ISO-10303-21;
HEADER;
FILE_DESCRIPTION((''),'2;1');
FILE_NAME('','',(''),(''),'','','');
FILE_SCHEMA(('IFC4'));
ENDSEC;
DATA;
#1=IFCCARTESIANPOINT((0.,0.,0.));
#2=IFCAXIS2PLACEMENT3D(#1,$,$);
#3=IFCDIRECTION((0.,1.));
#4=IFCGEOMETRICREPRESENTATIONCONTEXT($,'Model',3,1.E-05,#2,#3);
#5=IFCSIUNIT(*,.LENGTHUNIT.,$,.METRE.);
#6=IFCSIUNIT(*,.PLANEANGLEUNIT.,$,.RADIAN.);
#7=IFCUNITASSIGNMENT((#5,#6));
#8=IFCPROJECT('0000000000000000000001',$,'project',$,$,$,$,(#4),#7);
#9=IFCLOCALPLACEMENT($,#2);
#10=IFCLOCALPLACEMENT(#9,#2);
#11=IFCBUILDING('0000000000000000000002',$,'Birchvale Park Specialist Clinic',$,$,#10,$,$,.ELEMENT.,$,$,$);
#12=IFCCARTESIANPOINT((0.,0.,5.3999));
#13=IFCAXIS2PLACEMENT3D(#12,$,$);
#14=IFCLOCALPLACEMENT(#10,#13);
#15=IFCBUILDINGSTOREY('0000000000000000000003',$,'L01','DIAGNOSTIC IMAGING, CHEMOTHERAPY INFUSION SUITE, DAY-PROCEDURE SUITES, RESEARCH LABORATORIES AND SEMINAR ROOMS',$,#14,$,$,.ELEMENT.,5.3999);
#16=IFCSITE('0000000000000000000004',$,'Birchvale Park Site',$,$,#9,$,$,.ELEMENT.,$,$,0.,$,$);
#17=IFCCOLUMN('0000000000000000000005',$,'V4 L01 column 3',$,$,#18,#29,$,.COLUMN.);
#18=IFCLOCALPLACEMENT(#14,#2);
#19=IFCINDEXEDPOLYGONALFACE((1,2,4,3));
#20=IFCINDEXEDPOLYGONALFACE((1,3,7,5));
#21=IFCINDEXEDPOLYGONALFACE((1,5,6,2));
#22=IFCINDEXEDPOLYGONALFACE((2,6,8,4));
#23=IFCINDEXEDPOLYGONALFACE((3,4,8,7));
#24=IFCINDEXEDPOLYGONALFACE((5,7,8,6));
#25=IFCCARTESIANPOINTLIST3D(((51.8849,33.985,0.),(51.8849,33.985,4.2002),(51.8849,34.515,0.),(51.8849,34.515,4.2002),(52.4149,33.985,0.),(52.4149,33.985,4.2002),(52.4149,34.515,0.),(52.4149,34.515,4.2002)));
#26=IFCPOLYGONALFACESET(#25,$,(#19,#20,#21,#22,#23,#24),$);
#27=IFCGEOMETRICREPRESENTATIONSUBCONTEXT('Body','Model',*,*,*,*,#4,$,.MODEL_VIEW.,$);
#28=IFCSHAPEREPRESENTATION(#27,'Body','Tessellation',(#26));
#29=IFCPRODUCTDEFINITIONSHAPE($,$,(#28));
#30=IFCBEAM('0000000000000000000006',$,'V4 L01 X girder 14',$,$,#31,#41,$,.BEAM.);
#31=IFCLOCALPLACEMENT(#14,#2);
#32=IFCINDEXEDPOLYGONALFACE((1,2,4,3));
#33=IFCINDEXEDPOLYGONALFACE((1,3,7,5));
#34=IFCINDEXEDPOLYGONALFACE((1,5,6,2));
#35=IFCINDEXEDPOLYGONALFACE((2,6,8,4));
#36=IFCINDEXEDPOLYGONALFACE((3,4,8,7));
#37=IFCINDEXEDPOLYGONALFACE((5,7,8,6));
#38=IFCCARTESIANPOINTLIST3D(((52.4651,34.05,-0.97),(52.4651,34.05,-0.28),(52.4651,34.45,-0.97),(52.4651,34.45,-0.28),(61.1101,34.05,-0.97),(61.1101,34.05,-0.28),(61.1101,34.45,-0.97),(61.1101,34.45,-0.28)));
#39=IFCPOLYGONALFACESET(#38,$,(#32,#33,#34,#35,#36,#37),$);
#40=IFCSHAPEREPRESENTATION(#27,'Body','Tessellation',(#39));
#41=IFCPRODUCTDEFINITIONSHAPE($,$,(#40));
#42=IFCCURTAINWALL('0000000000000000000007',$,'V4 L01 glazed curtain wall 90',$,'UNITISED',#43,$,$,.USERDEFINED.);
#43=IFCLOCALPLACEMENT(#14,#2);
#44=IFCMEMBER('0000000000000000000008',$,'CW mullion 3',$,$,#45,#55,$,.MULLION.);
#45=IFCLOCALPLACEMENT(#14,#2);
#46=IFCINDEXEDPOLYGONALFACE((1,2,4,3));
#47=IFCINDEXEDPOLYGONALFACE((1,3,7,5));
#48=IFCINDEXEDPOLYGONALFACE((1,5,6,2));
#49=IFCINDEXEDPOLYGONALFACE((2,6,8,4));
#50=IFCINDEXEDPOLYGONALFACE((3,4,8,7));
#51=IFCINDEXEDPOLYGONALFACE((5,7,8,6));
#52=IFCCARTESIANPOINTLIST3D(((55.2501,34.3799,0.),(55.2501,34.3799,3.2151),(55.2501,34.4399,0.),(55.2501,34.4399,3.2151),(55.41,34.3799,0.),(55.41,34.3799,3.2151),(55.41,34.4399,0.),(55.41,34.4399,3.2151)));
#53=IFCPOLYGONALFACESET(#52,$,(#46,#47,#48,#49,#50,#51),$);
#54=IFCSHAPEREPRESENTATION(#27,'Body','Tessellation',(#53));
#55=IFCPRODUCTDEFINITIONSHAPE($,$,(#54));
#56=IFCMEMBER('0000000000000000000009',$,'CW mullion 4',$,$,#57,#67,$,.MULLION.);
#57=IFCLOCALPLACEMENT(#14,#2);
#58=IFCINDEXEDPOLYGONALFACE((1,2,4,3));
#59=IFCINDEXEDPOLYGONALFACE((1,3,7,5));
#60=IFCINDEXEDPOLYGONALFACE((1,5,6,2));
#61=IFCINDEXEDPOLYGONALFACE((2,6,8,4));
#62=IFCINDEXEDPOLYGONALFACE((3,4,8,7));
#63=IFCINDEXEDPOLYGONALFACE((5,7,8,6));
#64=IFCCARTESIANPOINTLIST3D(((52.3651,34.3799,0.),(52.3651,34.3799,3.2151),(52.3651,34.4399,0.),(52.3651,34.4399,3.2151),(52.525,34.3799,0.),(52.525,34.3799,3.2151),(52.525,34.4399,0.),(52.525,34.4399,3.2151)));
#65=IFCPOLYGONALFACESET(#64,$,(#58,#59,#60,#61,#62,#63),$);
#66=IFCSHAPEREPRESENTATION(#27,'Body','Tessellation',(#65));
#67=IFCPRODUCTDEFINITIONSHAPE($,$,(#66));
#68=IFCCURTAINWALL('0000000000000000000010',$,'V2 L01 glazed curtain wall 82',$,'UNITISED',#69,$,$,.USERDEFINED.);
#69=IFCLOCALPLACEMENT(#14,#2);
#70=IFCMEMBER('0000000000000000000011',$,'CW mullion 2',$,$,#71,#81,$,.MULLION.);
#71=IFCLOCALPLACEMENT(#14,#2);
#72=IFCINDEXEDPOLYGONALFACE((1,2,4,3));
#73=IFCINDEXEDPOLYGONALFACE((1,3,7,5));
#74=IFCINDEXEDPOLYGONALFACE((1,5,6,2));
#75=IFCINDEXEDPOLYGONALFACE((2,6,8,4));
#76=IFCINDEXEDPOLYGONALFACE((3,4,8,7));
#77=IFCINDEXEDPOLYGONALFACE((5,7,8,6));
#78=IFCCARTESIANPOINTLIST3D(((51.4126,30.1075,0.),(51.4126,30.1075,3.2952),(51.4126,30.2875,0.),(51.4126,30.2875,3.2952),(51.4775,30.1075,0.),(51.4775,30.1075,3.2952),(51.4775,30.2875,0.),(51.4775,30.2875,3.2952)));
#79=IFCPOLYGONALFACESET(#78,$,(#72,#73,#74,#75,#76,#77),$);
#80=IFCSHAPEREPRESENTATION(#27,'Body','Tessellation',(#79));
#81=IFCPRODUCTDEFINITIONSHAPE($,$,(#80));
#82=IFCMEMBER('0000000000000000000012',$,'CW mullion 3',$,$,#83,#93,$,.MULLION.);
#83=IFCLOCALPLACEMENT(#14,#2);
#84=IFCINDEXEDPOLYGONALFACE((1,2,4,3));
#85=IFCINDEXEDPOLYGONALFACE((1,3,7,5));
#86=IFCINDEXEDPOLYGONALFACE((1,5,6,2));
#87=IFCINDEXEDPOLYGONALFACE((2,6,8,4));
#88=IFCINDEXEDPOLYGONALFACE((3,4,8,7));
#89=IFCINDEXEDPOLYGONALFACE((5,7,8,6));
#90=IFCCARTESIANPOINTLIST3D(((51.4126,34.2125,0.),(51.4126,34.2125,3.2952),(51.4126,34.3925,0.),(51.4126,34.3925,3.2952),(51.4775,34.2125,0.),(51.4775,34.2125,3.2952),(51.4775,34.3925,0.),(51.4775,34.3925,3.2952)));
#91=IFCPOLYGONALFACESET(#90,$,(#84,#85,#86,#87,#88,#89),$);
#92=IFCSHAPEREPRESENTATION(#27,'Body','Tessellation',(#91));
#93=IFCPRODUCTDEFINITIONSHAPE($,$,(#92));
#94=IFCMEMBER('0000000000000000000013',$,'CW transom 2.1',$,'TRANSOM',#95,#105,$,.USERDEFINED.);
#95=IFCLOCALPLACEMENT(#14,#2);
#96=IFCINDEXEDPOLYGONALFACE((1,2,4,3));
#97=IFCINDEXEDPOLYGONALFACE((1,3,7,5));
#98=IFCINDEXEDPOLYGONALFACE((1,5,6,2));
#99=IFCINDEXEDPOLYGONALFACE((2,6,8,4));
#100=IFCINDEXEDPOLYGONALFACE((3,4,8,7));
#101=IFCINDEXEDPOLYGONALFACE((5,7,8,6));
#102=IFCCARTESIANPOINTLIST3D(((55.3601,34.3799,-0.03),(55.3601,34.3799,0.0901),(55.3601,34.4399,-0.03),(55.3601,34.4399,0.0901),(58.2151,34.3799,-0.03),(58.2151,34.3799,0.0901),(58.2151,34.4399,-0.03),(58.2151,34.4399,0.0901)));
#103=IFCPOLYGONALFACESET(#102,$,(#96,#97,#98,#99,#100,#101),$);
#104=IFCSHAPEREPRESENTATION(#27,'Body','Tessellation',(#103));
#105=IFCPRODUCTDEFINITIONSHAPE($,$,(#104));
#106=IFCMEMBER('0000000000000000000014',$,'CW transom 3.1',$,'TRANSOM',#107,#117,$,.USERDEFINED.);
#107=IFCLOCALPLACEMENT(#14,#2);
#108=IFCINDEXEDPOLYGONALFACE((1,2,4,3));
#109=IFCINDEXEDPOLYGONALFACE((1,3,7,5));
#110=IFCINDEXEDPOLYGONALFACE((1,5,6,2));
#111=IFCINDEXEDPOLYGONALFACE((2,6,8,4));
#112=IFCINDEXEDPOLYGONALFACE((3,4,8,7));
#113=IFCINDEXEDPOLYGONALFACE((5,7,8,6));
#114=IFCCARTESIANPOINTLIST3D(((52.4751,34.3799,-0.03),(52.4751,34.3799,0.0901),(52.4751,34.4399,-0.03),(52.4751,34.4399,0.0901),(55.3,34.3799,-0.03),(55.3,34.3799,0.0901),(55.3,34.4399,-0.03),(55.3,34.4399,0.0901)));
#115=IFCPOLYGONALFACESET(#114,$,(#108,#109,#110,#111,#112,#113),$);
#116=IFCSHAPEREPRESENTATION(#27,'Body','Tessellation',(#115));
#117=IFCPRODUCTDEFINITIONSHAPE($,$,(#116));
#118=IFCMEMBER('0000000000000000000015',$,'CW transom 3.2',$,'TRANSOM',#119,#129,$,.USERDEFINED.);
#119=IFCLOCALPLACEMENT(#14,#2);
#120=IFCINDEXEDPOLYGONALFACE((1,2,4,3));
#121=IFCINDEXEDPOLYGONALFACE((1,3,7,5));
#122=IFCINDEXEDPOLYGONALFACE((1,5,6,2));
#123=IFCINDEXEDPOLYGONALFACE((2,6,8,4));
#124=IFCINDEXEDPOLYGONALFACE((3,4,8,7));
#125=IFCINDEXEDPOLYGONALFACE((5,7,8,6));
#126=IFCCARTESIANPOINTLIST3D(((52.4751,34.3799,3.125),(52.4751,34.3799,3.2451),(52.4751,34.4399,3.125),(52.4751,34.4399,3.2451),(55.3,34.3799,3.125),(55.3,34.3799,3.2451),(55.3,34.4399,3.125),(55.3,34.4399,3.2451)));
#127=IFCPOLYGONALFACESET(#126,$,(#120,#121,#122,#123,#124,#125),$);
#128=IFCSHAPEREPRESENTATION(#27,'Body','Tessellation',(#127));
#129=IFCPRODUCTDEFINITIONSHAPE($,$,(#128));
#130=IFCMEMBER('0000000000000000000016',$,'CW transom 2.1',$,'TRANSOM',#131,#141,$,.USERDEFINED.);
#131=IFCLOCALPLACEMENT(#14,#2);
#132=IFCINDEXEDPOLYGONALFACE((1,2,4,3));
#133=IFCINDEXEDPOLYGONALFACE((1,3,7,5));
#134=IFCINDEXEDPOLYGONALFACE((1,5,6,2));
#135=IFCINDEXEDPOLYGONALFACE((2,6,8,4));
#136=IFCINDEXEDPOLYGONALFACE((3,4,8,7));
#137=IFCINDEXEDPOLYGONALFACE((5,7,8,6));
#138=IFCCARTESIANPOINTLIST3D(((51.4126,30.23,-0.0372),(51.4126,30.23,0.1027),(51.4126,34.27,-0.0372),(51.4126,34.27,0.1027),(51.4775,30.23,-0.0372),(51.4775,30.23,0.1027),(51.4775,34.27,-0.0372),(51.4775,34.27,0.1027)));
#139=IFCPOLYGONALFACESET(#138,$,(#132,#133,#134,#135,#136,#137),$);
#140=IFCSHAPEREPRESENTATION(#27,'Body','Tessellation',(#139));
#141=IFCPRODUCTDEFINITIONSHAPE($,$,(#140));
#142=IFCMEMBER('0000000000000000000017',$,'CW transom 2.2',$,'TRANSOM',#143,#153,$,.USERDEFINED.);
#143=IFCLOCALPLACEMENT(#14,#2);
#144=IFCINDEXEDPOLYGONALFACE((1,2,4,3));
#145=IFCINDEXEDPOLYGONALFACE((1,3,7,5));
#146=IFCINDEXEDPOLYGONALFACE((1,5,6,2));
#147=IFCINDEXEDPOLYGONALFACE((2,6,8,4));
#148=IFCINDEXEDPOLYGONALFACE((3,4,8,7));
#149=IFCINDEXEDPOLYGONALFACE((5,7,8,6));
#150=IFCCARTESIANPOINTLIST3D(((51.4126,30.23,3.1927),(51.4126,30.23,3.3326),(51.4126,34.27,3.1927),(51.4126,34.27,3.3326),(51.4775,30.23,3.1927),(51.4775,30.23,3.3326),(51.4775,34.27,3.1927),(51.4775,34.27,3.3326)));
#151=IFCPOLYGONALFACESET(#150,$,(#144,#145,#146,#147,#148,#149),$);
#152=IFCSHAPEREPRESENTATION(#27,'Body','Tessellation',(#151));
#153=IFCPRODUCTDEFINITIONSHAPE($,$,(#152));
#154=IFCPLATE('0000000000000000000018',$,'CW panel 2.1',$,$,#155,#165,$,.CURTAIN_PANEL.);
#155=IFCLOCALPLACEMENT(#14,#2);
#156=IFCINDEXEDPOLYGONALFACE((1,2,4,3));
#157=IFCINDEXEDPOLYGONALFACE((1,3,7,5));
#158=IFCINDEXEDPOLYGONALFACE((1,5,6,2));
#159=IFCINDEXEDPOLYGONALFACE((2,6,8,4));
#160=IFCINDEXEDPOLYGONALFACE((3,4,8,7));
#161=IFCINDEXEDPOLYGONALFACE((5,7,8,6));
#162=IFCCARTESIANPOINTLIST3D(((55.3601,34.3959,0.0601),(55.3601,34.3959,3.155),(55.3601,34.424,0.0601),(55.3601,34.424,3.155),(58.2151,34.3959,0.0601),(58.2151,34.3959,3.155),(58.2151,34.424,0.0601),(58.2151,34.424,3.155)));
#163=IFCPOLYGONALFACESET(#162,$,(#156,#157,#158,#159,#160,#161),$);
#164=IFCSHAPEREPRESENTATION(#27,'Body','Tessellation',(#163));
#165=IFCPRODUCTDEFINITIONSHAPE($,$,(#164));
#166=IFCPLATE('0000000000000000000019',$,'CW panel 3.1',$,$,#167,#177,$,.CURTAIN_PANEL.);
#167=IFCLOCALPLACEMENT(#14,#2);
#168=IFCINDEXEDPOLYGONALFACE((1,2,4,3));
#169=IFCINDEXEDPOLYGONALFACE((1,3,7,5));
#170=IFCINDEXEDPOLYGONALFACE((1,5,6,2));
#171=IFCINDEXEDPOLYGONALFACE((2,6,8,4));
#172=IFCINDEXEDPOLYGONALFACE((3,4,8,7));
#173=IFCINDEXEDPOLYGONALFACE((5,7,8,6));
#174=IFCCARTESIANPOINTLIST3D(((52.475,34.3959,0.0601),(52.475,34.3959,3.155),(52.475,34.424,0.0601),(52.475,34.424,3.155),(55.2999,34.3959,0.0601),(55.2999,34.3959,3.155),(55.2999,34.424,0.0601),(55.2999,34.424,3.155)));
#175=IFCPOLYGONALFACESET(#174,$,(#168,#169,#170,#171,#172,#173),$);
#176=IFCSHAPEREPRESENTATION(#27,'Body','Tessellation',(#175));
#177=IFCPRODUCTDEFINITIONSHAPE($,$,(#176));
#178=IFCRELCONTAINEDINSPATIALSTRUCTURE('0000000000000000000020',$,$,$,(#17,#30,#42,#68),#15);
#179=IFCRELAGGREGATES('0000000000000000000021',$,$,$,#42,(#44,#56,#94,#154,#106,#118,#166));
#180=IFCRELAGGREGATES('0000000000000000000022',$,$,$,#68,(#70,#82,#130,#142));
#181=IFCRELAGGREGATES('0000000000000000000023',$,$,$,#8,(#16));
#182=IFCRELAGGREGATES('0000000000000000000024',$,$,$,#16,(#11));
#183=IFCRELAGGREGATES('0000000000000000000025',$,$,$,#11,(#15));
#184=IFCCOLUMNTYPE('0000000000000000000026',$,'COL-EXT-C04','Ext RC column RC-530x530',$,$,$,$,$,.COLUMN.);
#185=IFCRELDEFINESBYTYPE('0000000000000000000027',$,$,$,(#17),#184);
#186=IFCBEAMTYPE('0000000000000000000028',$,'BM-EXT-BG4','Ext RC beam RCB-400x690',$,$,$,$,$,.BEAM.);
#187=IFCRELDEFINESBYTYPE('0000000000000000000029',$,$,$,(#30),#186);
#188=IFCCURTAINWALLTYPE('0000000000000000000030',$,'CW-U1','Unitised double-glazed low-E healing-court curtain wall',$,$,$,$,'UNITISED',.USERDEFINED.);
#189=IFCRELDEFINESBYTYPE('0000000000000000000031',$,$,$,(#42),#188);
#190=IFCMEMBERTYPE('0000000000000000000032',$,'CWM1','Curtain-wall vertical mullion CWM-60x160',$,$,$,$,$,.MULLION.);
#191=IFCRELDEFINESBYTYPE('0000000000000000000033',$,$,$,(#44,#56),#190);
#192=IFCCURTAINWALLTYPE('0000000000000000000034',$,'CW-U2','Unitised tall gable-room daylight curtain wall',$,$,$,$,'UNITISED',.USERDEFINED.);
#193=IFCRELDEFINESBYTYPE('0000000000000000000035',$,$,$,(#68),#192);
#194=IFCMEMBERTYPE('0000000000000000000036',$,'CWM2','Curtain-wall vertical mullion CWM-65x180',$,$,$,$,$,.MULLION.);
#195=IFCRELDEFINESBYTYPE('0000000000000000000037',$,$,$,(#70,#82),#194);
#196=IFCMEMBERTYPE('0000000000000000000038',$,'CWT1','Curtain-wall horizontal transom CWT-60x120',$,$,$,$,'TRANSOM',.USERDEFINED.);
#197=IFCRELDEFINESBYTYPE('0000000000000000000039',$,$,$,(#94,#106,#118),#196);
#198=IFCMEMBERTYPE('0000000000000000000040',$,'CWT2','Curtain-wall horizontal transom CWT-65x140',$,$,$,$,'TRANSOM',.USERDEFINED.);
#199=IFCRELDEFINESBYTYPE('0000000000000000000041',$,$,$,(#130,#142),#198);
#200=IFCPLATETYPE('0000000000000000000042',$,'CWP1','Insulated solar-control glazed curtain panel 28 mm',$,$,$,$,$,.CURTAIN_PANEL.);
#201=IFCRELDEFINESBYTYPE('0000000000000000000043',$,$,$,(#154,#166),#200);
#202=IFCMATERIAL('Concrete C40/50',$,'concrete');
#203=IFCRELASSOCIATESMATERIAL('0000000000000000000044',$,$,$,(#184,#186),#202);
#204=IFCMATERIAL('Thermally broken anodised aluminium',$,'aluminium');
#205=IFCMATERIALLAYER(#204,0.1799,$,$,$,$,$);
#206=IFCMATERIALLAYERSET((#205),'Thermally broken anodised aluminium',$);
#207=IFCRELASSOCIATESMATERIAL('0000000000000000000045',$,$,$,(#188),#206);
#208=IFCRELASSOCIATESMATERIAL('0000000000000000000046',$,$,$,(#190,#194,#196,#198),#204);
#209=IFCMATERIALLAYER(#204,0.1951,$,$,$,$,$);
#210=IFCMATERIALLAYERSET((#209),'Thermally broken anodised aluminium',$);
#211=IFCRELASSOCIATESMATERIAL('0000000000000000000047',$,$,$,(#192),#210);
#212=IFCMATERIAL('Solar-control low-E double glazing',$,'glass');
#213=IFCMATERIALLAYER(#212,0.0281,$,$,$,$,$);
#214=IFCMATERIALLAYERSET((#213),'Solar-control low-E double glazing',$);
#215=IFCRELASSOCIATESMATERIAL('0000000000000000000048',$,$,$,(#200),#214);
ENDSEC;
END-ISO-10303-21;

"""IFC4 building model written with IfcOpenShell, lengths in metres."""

from ifc_helpers import new_model, si_unit, direction, frame, origin, origin_2d, place, context, subcontext, project, spatial, rectangle, extrude, material, layer, layer_set, material_profile, profile_set, type_object, element, aggregate, save


model = new_model("IFC4")

# Units and contexts
model_context = context("Model", 3, precision=1e-05, world=origin(), true_north=direction((0.0, 1.0)))
body_context = subcontext(model_context, "Body", "Model", "MODEL_VIEW")
ifc_project = project(units=[si_unit("LENGTHUNIT", "METRE"), si_unit("PLANEANGLEUNIT", "RADIAN")], contexts=[model_context])

# Site, building, storey
site_placement = place(None, origin())
site = spatial("IfcSite", under=ifc_project, at=site_placement, Name="Birchvale Park Site", CompositionType="ELEMENT", RefElevation=0.0)
building_placement = place(site_placement, origin())
building = spatial("IfcBuilding", under=site, at=building_placement, Name="Birchvale Park Specialist Clinic", CompositionType="ELEMENT")
storey_placement = place(building_placement, frame((0.0, 0.0, 5.3999)))
storey = spatial("IfcBuildingStorey", under=building, at=storey_placement, Name="L01", Description="DIAGNOSTIC IMAGING, CHEMOTHERAPY INFUSION SUITE, DAY-PROCEDURE SUITES, RESEARCH LABORATORIES AND SEMINAR ROOMS", CompositionType="ELEMENT", Elevation=5.3999)

# Column
ifc_material_1 = material(Name="Concrete C40/50", Category="concrete")
ifc_material_profile_1 = material_profile(ifc_material_1, rectangle(XDim=0.53, YDim=0.53, at=origin_2d()), Name="RC-530x530")
ifc_profile_set_1 = profile_set([ifc_material_profile_1], Name="Concrete C40/50")
column_type = type_object("IfcColumnType", Name="COL-EXT-C04", Description="Ext RC column RC-530x530", PredefinedType="COLUMN", material=ifc_profile_set_1)
column_placement = place(storey_placement, frame((52.1499, 34.25, 0.0), z_axis=(0.0, 0.0, 1.0), x_axis=(1.0, 0.0, 0.0)))
element("IfcColumn", 1, at=column_placement, inside=storey, type_object=column_type, Name="V4 L01 column 3", PredefinedType="COLUMN", context=body_context, shape_type="SweptSolid", body=[
    extrude(rectangle(XDim=0.53, YDim=0.53, at=origin_2d()), origin(), (0.0, 0.0, 1.0), 4.2002),
])

# Beam
ifc_material_profile_2 = material_profile(ifc_material_1, rectangle(XDim=0.3999, YDim=0.6899, at=origin_2d()), Name="RCB-400x690")
ifc_profile_set_2 = profile_set([ifc_material_profile_2], Name="Concrete C40/50")
beam_type = type_object("IfcBeamType", Name="BM-EXT-BG4", Description="Ext RC beam RCB-400x690", PredefinedType="BEAM", material=ifc_profile_set_2)
beam_placement = place(storey_placement, frame((52.4651, 34.25, -0.625), z_axis=(1.0, 0.0, 0.0), x_axis=(0.0, 1.0, 0.0)))
element("IfcBeam", 2, at=beam_placement, inside=storey, type_object=beam_type, Name="V4 L01 X girder 14", PredefinedType="BEAM", context=body_context, shape_type="SweptSolid", body=[
    extrude(rectangle(XDim=0.3999, YDim=0.6899, at=origin_2d()), origin(), (0.0, 0.0, 1.0), 8.645),
])

# Curtain walls, members
ifc_material_2 = material(Name="Thermally broken anodised aluminium", Category="aluminium")
ifc_layer_1 = layer(ifc_material_2, 0.1799)
ifc_layer_set_1 = layer_set([ifc_layer_1], Name="Thermally broken anodised aluminium")
curtain_wall_type_1 = type_object("IfcCurtainWallType", Name="CW-U1", Description="Unitised double-glazed low-E healing-court curtain wall", ElementType="UNITISED", PredefinedType="USERDEFINED", material=ifc_layer_set_1)
curtain_wall_1_placement = place(storey_placement, origin())
curtain_wall_1 = element("IfcCurtainWall", 3, at=curtain_wall_1_placement, inside=storey, type_object=curtain_wall_type_1, Name="V4 L01 glazed curtain wall 90", ObjectType="UNITISED", PredefinedType="USERDEFINED")
ifc_material_profile_3 = material_profile(ifc_material_2, rectangle(XDim=0.0601, YDim=0.1599, at=origin_2d()), Name="CWM-60x160")
ifc_profile_set_3 = profile_set([ifc_material_profile_3], Name="Thermally broken anodised aluminium")
member_type_1 = type_object("IfcMemberType", Name="CWM1", Description="Curtain-wall vertical mullion CWM-60x160", PredefinedType="MULLION", material=ifc_profile_set_3)
member_1_placement = place(storey_placement, frame((55.3301, 34.4099, 0.0), z_axis=(0.0, 0.0, 1.0), x_axis=(0.0, -1.0, 0.0)))
member_1 = element("IfcMember", 4, at=member_1_placement, type_object=member_type_1, Name="CW mullion 3", PredefinedType="MULLION", context=body_context, shape_type="SweptSolid", body=[
    extrude(rectangle(XDim=0.0601, YDim=0.1599, at=origin_2d()), origin(), (0.0, 0.0, 1.0), 3.2151),
])
member_2_placement = place(storey_placement, frame((52.4451, 34.4099, 0.0), z_axis=(0.0, 0.0, 1.0), x_axis=(0.0, -1.0, 0.0)))
member_2 = element("IfcMember", 5, at=member_2_placement, type_object=member_type_1, Name="CW mullion 4", PredefinedType="MULLION", context=body_context, shape_type="SweptSolid", body=[
    extrude(rectangle(XDim=0.0601, YDim=0.1599, at=origin_2d()), origin(), (0.0, 0.0, 1.0), 3.2151),
])
ifc_layer_2 = layer(ifc_material_2, 0.1951)
ifc_layer_set_2 = layer_set([ifc_layer_2], Name="Thermally broken anodised aluminium")
curtain_wall_type_2 = type_object("IfcCurtainWallType", Name="CW-U2", Description="Unitised tall gable-room daylight curtain wall", ElementType="UNITISED", PredefinedType="USERDEFINED", material=ifc_layer_set_2)
curtain_wall_2_placement = place(storey_placement, origin())
curtain_wall_2 = element("IfcCurtainWall", 6, at=curtain_wall_2_placement, inside=storey, type_object=curtain_wall_type_2, Name="V2 L01 glazed curtain wall 82", ObjectType="UNITISED", PredefinedType="USERDEFINED")
ifc_material_profile_4 = material_profile(ifc_material_2, rectangle(XDim=0.0649, YDim=0.1799, at=origin_2d()), Name="CWM-65x180")
ifc_profile_set_4 = profile_set([ifc_material_profile_4], Name="Thermally broken anodised aluminium")
member_type_2 = type_object("IfcMemberType", Name="CWM2", Description="Curtain-wall vertical mullion CWM-65x180", PredefinedType="MULLION", material=ifc_profile_set_4)
member_3_placement = place(storey_placement, frame((51.4451, 30.1975, 0.0), z_axis=(0.0, 0.0, 1.0), x_axis=(-1.0, 0.0, 0.0)))
member_3 = element("IfcMember", 7, at=member_3_placement, type_object=member_type_2, Name="CW mullion 2", PredefinedType="MULLION", context=body_context, shape_type="SweptSolid", body=[
    extrude(rectangle(XDim=0.0649, YDim=0.1799, at=origin_2d()), origin(), (0.0, 0.0, 1.0), 3.2952),
])
member_4_placement = place(storey_placement, frame((51.4451, 34.3025, 0.0), z_axis=(0.0, 0.0, 1.0), x_axis=(-1.0, 0.0, 0.0)))
member_4 = element("IfcMember", 8, at=member_4_placement, type_object=member_type_2, Name="CW mullion 3", PredefinedType="MULLION", context=body_context, shape_type="SweptSolid", body=[
    extrude(rectangle(XDim=0.0649, YDim=0.1799, at=origin_2d()), origin(), (0.0, 0.0, 1.0), 3.2952),
])

# Members
ifc_material_profile_5 = material_profile(ifc_material_2, rectangle(XDim=0.0601, YDim=0.1201, at=origin_2d()), Name="CWT-60x120")
ifc_profile_set_5 = profile_set([ifc_material_profile_5], Name="Thermally broken anodised aluminium")
member_type_3 = type_object("IfcMemberType", Name="CWT1", Description="Curtain-wall horizontal transom CWT-60x120", ElementType="TRANSOM", PredefinedType="USERDEFINED", material=ifc_profile_set_5)
member_5_placement = place(storey_placement, frame((58.2151, 34.4099, 0.03), z_axis=(-1.0, 0.0, 0.0), x_axis=(0.0, -1.0, 0.0)))
member_5 = element("IfcMember", 9, at=member_5_placement, type_object=member_type_3, Name="CW transom 2.1", ObjectType="TRANSOM", PredefinedType="USERDEFINED", context=body_context, shape_type="SweptSolid", body=[
    extrude(rectangle(XDim=0.0601, YDim=0.1201, at=origin_2d()), origin(), (0.0, 0.0, 1.0), 2.855),
])
member_6_placement = place(storey_placement, frame((55.3, 34.4099, 0.03), z_axis=(-1.0, 0.0, 0.0), x_axis=(0.0, -1.0, 0.0)))
member_6 = element("IfcMember", 10, at=member_6_placement, type_object=member_type_3, Name="CW transom 3.1", ObjectType="TRANSOM", PredefinedType="USERDEFINED", context=body_context, shape_type="SweptSolid", body=[
    extrude(rectangle(XDim=0.0601, YDim=0.1201, at=origin_2d()), origin(), (0.0, 0.0, 1.0), 2.825),
])
member_7_placement = place(storey_placement, frame((55.3, 34.4099, 3.1851), z_axis=(-1.0, 0.0, 0.0), x_axis=(0.0, -1.0, 0.0)))
member_7 = element("IfcMember", 11, at=member_7_placement, type_object=member_type_3, Name="CW transom 3.2", ObjectType="TRANSOM", PredefinedType="USERDEFINED", context=body_context, shape_type="SweptSolid", body=[
    extrude(rectangle(XDim=0.0601, YDim=0.1201, at=origin_2d()), origin(), (0.0, 0.0, 1.0), 2.825),
])
ifc_material_profile_6 = material_profile(ifc_material_2, rectangle(XDim=0.0649, YDim=0.1399, at=origin_2d()), Name="CWT-65x140")
ifc_profile_set_6 = profile_set([ifc_material_profile_6], Name="Thermally broken anodised aluminium")
member_type_4 = type_object("IfcMemberType", Name="CWT2", Description="Curtain-wall horizontal transom CWT-65x140", ElementType="TRANSOM", PredefinedType="USERDEFINED", material=ifc_profile_set_6)
member_8_placement = place(storey_placement, frame((51.4451, 30.23, 0.0327), z_axis=(0.0, 1.0, 0.0), x_axis=(-1.0, 0.0, 0.0)))
member_8 = element("IfcMember", 12, at=member_8_placement, type_object=member_type_4, Name="CW transom 2.1", ObjectType="TRANSOM", PredefinedType="USERDEFINED", context=body_context, shape_type="SweptSolid", body=[
    extrude(rectangle(XDim=0.0649, YDim=0.1399, at=origin_2d()), origin(), (0.0, 0.0, 1.0), 4.04),
])
member_9_placement = place(storey_placement, frame((51.4451, 30.23, 3.2627), z_axis=(0.0, 1.0, 0.0), x_axis=(-1.0, 0.0, 0.0)))
member_9 = element("IfcMember", 13, at=member_9_placement, type_object=member_type_4, Name="CW transom 2.2", ObjectType="TRANSOM", PredefinedType="USERDEFINED", context=body_context, shape_type="SweptSolid", body=[
    extrude(rectangle(XDim=0.0649, YDim=0.1399, at=origin_2d()), origin(), (0.0, 0.0, 1.0), 4.04),
])

# Plates
ifc_material_3 = material(Name="Solar-control low-E double glazing", Category="glass")
ifc_layer_3 = layer(ifc_material_3, 0.0281)
ifc_layer_set_3 = layer_set([ifc_layer_3], Name="Solar-control low-E double glazing")
plate_type_1 = type_object("IfcPlateType", Name="CWP1", Description="Insulated solar-control glazed curtain panel 28 mm", PredefinedType="CURTAIN_PANEL", material=ifc_layer_set_3)
plate_1_placement = place(storey_placement, frame((56.7876, 34.4099, 0.0601), z_axis=(0.0, 0.0, 1.0), x_axis=(-1.0, 0.0, 0.0)))
plate_1 = element("IfcPlate", 14, at=plate_1_placement, type_object=plate_type_1, Name="CW panel 2.1", PredefinedType="CURTAIN_PANEL", context=body_context, shape_type="SweptSolid", body=[
    extrude(rectangle(XDim=2.855, YDim=0.0281, at=origin_2d()), origin(), (0.0, 0.0, 1.0), 3.095),
])
plate_2_placement = place(storey_placement, frame((53.8875, 34.4099, 0.0601), z_axis=(0.0, 0.0, 1.0), x_axis=(-1.0, 0.0, 0.0)))
plate_2 = element("IfcPlate", 15, at=plate_2_placement, type_object=plate_type_1, Name="CW panel 3.1", PredefinedType="CURTAIN_PANEL", context=body_context, shape_type="SweptSolid", body=[
    extrude(rectangle(XDim=2.825, YDim=0.0281, at=origin_2d()), origin(), (0.0, 0.0, 1.0), 3.095),
])
aggregate(curtain_wall_1, [member_1, member_2, member_5, plate_1, member_6, member_7, plate_2])
aggregate(curtain_wall_2, [member_3, member_4, member_8, member_9])

save(model, "model.ifc")
